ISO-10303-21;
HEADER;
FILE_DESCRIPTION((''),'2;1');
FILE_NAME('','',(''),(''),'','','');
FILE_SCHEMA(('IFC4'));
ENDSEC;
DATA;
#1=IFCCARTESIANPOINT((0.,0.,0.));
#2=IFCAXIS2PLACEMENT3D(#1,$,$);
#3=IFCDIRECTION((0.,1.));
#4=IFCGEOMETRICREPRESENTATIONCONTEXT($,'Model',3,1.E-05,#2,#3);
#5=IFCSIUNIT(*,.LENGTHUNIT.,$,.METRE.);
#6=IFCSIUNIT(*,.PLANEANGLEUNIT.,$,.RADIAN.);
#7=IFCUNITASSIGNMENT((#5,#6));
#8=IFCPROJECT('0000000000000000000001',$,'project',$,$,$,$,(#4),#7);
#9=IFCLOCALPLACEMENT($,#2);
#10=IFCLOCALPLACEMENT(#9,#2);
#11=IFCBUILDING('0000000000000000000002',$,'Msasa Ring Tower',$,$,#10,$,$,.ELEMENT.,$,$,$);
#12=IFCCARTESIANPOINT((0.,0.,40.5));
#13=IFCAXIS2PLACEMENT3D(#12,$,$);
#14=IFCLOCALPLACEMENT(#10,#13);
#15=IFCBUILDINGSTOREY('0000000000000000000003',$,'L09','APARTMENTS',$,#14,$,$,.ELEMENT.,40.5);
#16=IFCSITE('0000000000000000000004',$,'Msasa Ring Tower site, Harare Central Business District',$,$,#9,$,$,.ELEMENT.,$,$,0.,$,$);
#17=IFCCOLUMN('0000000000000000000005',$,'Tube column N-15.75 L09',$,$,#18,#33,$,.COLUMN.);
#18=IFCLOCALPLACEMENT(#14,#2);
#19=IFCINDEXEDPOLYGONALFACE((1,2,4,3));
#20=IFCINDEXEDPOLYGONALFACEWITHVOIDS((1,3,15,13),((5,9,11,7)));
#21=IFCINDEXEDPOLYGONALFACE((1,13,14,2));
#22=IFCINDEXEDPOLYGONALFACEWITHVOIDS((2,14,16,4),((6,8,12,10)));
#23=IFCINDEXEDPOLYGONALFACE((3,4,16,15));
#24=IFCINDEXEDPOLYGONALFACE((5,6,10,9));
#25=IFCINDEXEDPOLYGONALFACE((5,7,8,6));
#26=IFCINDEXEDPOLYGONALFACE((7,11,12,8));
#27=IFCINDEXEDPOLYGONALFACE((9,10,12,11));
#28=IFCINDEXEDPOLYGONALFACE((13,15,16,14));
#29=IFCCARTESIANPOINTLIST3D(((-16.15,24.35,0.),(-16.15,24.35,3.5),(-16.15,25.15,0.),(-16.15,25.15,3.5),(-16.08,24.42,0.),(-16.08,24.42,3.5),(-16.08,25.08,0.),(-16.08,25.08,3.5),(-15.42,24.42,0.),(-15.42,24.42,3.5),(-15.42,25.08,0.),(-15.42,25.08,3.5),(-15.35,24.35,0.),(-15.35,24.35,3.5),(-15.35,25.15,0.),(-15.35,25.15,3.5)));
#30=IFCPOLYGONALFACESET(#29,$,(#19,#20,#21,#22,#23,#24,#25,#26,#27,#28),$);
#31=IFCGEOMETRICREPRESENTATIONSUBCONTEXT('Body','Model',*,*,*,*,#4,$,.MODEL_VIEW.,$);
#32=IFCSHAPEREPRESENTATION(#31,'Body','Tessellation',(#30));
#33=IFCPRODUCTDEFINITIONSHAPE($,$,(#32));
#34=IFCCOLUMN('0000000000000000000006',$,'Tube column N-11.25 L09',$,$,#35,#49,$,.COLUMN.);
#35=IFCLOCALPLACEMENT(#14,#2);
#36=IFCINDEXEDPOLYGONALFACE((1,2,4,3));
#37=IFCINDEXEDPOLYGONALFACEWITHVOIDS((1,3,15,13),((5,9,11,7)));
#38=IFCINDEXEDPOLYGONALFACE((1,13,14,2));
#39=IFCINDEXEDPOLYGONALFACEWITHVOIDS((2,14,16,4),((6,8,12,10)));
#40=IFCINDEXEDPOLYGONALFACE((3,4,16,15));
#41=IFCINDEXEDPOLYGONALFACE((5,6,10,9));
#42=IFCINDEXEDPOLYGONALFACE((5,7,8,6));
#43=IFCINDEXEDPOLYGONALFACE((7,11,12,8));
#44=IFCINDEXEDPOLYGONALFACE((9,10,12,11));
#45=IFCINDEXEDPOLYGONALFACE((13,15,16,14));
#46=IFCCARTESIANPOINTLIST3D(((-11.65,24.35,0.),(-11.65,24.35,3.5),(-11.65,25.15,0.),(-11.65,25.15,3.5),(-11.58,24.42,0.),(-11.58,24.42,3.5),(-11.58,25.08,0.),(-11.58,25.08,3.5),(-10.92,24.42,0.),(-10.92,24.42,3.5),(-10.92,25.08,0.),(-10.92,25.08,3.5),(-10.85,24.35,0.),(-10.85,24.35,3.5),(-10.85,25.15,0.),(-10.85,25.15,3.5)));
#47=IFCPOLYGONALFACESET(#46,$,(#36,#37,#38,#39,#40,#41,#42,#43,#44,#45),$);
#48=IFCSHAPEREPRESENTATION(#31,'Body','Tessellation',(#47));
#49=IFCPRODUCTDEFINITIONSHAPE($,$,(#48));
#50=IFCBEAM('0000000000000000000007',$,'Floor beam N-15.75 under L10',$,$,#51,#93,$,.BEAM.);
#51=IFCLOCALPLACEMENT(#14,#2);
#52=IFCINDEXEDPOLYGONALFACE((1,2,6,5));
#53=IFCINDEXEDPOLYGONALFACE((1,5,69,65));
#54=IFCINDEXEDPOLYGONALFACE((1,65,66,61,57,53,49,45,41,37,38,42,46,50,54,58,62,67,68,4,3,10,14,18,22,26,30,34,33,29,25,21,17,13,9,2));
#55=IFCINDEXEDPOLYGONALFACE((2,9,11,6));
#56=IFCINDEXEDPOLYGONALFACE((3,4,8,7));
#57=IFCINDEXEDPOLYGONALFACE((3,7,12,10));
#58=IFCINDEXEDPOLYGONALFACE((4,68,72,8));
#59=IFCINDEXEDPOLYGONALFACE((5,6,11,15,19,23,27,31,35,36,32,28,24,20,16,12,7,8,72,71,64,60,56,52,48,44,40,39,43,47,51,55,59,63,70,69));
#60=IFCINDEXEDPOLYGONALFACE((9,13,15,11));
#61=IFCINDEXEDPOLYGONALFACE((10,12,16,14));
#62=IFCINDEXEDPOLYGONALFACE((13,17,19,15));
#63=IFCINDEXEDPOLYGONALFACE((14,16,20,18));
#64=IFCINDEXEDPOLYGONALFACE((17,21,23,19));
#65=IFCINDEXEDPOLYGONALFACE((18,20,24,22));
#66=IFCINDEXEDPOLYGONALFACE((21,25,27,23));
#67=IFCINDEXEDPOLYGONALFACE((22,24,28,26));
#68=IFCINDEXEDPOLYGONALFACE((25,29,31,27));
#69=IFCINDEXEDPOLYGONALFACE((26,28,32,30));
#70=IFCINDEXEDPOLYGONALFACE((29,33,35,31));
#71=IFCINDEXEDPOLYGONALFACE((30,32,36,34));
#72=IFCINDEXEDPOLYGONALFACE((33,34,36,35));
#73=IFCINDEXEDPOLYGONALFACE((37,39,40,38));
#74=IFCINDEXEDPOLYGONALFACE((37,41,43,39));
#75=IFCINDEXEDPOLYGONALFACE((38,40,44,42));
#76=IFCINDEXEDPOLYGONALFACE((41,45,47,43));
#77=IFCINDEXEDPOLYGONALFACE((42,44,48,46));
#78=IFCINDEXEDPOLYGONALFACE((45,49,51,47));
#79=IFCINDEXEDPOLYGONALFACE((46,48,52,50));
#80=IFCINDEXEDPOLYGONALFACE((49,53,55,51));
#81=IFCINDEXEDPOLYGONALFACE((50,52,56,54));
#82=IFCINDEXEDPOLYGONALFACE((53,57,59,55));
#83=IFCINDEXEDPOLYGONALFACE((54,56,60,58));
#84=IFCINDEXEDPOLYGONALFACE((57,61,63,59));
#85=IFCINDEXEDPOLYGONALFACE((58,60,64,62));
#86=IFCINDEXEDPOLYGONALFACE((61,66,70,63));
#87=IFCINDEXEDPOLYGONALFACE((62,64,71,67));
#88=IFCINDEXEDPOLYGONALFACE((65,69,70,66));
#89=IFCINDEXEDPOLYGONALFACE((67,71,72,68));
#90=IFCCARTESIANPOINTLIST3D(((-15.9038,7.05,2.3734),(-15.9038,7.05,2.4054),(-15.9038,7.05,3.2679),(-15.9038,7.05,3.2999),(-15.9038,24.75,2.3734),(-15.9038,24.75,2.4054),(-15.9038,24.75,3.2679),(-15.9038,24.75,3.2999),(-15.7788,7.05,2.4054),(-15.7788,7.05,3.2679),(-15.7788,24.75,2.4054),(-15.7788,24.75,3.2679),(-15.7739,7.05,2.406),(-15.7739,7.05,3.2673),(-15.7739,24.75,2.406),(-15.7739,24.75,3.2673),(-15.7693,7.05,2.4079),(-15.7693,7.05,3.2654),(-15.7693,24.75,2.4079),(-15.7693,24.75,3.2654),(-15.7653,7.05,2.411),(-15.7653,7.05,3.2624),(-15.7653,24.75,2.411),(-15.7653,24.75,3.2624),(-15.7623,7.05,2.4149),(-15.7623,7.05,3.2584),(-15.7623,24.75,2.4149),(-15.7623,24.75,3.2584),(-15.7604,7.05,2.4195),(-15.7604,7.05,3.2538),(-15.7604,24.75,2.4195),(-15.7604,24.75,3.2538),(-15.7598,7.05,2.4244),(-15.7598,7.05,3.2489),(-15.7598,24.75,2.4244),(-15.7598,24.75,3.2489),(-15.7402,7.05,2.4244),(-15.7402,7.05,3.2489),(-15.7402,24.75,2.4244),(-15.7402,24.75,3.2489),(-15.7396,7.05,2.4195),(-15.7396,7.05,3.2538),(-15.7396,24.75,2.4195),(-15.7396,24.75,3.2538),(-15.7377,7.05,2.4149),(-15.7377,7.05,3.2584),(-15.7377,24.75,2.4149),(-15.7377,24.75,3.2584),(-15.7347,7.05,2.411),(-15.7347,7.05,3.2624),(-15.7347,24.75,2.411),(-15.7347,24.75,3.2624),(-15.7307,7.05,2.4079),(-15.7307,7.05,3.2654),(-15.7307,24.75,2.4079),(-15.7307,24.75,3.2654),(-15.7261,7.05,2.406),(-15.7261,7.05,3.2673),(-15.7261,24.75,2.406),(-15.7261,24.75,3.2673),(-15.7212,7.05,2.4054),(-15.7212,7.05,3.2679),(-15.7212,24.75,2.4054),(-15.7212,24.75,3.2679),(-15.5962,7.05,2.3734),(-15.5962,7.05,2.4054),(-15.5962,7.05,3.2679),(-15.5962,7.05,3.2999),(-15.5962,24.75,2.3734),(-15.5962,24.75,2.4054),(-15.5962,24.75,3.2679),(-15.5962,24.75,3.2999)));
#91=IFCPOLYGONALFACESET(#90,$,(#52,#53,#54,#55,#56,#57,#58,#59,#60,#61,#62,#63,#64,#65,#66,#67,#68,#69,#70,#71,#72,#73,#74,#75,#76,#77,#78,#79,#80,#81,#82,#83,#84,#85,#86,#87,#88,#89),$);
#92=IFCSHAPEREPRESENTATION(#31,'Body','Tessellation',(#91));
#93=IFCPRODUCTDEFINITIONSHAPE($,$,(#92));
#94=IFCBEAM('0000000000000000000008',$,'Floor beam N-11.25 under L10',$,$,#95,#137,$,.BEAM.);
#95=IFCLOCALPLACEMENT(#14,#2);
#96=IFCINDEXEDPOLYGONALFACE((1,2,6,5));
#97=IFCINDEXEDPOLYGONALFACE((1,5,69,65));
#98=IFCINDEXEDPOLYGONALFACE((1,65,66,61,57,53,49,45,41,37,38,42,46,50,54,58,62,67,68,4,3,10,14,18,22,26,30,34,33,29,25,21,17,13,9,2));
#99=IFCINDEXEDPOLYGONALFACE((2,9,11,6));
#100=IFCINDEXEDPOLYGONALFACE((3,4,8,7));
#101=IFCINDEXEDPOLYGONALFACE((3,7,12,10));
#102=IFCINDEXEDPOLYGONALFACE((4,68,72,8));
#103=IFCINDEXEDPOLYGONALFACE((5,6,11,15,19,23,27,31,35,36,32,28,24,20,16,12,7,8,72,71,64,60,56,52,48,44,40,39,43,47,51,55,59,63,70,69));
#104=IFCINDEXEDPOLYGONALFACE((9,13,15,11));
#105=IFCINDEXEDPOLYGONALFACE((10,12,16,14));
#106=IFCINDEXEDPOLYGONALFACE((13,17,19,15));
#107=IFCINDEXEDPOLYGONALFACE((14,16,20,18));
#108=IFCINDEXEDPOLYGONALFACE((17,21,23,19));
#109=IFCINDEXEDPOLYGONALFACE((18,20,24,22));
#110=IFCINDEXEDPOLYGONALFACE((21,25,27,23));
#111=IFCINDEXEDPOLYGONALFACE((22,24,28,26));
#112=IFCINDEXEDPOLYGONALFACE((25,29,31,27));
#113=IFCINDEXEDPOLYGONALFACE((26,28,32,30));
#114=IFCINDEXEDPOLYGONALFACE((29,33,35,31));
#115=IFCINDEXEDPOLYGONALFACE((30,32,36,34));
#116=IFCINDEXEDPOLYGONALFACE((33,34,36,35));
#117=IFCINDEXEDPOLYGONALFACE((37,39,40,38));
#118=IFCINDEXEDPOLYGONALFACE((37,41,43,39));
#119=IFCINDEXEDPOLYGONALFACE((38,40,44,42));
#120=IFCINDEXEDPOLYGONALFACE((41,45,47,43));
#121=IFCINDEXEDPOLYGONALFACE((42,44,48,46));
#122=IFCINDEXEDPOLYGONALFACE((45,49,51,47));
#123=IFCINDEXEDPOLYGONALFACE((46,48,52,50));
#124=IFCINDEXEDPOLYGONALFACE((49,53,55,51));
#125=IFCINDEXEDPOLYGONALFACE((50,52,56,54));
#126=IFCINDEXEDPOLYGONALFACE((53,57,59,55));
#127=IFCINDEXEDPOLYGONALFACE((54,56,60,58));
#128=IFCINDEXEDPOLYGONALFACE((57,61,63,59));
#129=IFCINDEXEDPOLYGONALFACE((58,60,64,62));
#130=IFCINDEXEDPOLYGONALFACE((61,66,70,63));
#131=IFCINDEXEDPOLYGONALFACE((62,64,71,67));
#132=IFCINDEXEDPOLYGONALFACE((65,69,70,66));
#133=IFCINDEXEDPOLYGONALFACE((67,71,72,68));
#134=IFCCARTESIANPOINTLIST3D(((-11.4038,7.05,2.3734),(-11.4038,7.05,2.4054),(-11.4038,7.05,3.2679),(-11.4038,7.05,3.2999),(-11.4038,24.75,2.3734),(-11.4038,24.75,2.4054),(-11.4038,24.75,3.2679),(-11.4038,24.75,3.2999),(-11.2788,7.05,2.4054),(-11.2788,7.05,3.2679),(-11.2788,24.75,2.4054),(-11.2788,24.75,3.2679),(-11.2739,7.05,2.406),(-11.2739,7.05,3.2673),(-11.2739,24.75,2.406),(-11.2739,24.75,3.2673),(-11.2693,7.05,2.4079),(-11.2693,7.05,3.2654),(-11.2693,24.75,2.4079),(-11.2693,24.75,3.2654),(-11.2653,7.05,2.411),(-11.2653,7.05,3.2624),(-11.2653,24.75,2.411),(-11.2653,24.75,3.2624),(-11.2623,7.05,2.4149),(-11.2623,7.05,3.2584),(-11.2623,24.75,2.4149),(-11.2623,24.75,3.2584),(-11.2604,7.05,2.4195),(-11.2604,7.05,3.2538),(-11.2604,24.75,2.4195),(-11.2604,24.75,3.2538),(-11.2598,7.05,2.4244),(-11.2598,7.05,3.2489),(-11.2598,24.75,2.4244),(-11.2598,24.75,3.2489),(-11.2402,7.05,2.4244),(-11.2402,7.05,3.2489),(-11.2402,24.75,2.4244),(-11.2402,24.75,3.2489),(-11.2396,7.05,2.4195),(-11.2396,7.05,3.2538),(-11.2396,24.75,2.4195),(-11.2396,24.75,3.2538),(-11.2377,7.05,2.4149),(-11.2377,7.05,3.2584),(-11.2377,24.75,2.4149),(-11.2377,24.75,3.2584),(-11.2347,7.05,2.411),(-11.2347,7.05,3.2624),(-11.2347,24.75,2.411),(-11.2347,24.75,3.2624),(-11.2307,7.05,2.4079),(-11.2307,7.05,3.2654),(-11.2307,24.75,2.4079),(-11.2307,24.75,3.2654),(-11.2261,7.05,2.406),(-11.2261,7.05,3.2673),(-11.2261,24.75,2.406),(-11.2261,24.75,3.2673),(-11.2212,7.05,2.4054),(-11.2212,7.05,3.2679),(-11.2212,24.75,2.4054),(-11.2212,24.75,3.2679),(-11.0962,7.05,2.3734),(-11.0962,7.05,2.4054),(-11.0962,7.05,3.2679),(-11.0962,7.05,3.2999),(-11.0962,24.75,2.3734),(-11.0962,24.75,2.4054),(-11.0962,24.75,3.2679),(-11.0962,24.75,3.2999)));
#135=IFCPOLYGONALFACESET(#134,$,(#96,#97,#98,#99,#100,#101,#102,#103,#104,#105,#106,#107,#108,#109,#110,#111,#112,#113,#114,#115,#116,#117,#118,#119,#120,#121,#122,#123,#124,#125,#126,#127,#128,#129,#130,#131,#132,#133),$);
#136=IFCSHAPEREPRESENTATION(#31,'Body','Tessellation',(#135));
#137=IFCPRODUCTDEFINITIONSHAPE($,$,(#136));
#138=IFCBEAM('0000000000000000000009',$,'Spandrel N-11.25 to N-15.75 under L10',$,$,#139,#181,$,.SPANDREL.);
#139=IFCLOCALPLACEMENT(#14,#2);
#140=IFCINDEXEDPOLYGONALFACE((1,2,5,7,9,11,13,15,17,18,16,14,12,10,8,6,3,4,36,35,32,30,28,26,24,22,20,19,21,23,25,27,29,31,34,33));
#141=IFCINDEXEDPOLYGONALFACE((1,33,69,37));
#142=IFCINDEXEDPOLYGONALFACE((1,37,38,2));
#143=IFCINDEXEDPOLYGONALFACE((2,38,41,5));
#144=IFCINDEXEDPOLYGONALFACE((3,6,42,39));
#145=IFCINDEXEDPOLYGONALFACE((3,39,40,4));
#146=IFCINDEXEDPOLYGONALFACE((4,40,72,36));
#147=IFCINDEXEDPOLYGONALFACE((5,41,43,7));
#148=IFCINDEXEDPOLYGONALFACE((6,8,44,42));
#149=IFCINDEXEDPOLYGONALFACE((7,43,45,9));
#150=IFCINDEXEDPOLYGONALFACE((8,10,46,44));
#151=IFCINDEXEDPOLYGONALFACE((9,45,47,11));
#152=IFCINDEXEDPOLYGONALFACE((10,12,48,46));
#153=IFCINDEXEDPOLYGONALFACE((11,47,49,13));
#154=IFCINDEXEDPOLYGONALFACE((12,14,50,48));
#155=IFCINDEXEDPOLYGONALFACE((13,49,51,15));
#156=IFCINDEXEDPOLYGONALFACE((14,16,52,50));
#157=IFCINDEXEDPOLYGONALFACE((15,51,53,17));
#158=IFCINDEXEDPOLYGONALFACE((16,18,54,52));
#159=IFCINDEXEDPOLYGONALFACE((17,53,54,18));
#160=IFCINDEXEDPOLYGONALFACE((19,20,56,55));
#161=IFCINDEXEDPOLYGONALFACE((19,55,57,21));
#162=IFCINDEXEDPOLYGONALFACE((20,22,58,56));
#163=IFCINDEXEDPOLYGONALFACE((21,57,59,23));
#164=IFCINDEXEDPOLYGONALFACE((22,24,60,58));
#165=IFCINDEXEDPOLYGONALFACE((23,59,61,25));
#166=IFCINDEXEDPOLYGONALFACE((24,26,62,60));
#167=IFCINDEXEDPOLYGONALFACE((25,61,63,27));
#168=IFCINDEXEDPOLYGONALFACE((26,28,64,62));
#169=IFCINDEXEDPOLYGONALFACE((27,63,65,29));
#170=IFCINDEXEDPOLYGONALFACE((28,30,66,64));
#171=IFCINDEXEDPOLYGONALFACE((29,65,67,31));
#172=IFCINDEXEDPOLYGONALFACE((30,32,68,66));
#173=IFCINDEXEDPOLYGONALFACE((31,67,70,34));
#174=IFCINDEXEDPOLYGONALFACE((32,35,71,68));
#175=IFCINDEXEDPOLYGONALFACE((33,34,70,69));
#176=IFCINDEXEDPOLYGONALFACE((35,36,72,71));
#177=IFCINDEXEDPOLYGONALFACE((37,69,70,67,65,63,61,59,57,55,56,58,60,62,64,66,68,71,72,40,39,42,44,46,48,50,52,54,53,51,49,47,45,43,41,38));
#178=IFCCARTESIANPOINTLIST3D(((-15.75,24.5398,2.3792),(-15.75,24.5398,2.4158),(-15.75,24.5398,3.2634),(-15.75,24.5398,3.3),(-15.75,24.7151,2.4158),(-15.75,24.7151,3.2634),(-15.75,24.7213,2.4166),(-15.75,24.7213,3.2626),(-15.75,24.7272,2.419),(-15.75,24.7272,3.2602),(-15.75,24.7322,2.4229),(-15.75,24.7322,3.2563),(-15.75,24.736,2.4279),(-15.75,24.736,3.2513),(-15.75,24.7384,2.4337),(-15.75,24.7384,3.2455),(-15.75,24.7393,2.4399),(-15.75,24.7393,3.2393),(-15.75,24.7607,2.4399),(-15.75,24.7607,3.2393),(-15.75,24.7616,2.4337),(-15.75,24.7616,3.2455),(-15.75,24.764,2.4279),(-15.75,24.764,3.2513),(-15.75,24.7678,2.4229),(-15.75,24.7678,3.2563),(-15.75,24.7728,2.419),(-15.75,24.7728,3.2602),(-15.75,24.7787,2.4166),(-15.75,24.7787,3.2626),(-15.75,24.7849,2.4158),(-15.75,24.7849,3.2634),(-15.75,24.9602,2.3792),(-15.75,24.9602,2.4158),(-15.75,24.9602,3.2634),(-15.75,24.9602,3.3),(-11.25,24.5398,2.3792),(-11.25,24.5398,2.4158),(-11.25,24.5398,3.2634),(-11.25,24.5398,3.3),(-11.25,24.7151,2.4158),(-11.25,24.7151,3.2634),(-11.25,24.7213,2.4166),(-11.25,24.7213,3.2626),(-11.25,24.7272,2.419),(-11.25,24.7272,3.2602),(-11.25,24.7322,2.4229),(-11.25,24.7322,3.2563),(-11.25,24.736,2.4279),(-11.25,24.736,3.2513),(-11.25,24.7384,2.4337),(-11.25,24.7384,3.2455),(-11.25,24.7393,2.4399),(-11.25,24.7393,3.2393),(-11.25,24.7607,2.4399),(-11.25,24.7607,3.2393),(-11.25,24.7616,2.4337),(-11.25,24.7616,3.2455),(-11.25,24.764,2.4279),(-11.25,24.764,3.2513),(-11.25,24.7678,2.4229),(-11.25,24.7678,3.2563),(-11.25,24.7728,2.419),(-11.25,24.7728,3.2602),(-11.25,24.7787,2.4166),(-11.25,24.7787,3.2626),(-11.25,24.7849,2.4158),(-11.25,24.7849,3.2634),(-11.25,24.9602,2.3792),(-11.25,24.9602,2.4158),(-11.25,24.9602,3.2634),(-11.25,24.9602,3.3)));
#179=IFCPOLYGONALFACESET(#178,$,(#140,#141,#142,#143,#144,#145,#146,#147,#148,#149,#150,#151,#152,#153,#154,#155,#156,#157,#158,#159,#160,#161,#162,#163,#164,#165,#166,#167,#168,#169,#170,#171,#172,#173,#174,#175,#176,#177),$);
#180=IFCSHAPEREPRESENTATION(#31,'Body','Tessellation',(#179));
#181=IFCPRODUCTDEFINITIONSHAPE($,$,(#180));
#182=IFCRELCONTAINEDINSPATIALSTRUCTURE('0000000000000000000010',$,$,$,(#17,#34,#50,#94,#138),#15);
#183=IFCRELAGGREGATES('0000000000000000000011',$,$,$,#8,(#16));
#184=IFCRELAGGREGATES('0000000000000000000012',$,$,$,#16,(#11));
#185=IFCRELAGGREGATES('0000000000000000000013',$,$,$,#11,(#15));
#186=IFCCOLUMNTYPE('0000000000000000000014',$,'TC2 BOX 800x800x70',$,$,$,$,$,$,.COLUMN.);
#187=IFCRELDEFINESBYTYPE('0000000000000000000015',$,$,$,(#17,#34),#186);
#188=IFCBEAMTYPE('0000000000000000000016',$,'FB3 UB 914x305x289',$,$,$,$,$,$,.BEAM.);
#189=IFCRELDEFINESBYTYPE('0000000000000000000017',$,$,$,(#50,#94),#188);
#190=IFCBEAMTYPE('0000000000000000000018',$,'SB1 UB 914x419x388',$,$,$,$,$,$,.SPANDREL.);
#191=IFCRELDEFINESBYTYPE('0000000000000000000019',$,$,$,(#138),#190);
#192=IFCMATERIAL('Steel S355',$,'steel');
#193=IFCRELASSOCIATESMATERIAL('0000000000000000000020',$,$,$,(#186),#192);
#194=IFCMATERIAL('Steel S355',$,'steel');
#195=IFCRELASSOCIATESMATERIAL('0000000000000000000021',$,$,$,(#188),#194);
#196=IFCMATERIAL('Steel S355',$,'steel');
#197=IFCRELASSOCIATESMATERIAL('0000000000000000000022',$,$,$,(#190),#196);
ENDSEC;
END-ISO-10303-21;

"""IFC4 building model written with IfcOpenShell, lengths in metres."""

from ifc_helpers import new_model, si_unit, direction, frame, origin, origin_2d, place, context, subcontext, project, spatial, hollow_rectangle, i_section, extrude, material, material_profile, profile_set, type_object, element, save


model = new_model("IFC4")

# Units and contexts
model_context = context("Model", 3, precision=1e-05, world=origin(), true_north=direction((0.0, 1.0)))
body_context = subcontext(model_context, "Body", "Model", "MODEL_VIEW")
ifc_project = project(units=[si_unit("LENGTHUNIT", "METRE"), si_unit("PLANEANGLEUNIT", "RADIAN")], contexts=[model_context])

# Site, building, storey
site_placement = place(None, origin())
site = spatial("IfcSite", under=ifc_project, at=site_placement, Name="Msasa Ring Tower site, Harare Central Business District", CompositionType="ELEMENT", RefElevation=0.0)
building_placement = place(site_placement, origin())
building = spatial("IfcBuilding", under=site, at=building_placement, Name="Msasa Ring Tower", CompositionType="ELEMENT")
storey_placement = place(building_placement, frame((0.0, 0.0, 40.5)))
storey = spatial("IfcBuildingStorey", under=building, at=storey_placement, Name="L09", Description="APARTMENTS", CompositionType="ELEMENT", Elevation=40.5)

# Columns
ifc_material_1 = material(Name="Steel S355", Category="steel")
ifc_material_profile_1 = material_profile(ifc_material_1, hollow_rectangle(XDim=0.8, YDim=0.8, WallThickness=0.0701, at=origin_2d()), Name="BOX 800x800x70")
ifc_profile_set_1 = profile_set([ifc_material_profile_1], Name="Steel S355")
column_type = type_object("IfcColumnType", Name="TC2 BOX 800x800x70", PredefinedType="COLUMN", material=ifc_profile_set_1)
for number, where, z_axis, x_axis, name in (
    (1, (-15.75, 24.75, 0.0), (0.0, 0.0, 1.0), (0.0, 1.0, 0.0), "Tube column N-15.75 L09"),
    (2, (-11.25, 24.75, 0.0), (0.0, 0.0, 1.0), (0.0, 1.0, 0.0), "Tube column N-11.25 L09"),
):
    element("IfcColumn", number, at=place(storey_placement, frame(where, z_axis=z_axis, x_axis=x_axis)), inside=storey, type_object=column_type, Name=name, PredefinedType="COLUMN", context=body_context, shape_type="SweptSolid", body=[
        extrude(hollow_rectangle(XDim=0.8, YDim=0.8, WallThickness=0.0701, at=origin_2d()), origin(), (0.0, 0.0, 1.0), 3.5),
    ])

# Beams
ifc_material_2 = material(Name="Steel S355", Category="steel")
ifc_material_profile_2 = material_profile(ifc_material_2, i_section(OverallWidth=0.3076, OverallDepth=0.9265, WebThickness=0.0195, FlangeThickness=0.032, FilletRadius=0.019, at=origin_2d()), Name="UB 914x305x289")
ifc_profile_set_2 = profile_set([ifc_material_profile_2], Name="Steel S355")
beam_type_1 = type_object("IfcBeamType", Name="FB3 UB 914x305x289", PredefinedType="BEAM", material=ifc_profile_set_2)
for number, where, z_axis, x_axis, name in (
    (3, (-15.75, 24.75, 2.8367), (0.0, -1.0, 0.0), (1.0, 0.0, 0.0), "Floor beam N-15.75 under L10"),
    (4, (-11.25, 24.75, 2.8367), (0.0, -1.0, 0.0), (1.0, 0.0, 0.0), "Floor beam N-11.25 under L10"),
):
    element("IfcBeam", number, at=place(storey_placement, frame(where, z_axis=z_axis, x_axis=x_axis)), inside=storey, type_object=beam_type_1, Name=name, PredefinedType="BEAM", context=body_context, shape_type="SweptSolid", body=[
        extrude(i_section(OverallWidth=0.3076, OverallDepth=0.9265, WebThickness=0.0195, FlangeThickness=0.032, FilletRadius=0.019, at=origin_2d()), origin(), (0.0, 0.0, 1.0), 17.7),
    ])
ifc_material_3 = material(Name="Steel S355", Category="steel")
ifc_material_profile_3 = material_profile(ifc_material_3, i_section(OverallWidth=0.4204, OverallDepth=0.9209, WebThickness=0.0215, FlangeThickness=0.0366, FilletRadius=0.0242, at=origin_2d()), Name="UB 914x419x388")
ifc_profile_set_3 = profile_set([ifc_material_profile_3], Name="Steel S355")
beam_type_2 = type_object("IfcBeamType", Name="SB1 UB 914x419x388", PredefinedType="SPANDREL", material=ifc_profile_set_3)
for number, where, z_axis, x_axis, name in (
    (5, (-11.25, 24.75, 2.8396), (-1.0, 0.0, 0.0), (0.0, -1.0, 0.0), "Spandrel N-11.25 to N-15.75 under L10"),
):
    element("IfcBeam", number, at=place(storey_placement, frame(where, z_axis=z_axis, x_axis=x_axis)), inside=storey, type_object=beam_type_2, Name=name, PredefinedType="SPANDREL", context=body_context, shape_type="SweptSolid", body=[
        extrude(i_section(OverallWidth=0.4204, OverallDepth=0.9209, WebThickness=0.0215, FlangeThickness=0.0366, FilletRadius=0.0242, at=origin_2d()), origin(), (0.0, 0.0, 1.0), 4.5),
    ])

save(model, "model.ifc")
